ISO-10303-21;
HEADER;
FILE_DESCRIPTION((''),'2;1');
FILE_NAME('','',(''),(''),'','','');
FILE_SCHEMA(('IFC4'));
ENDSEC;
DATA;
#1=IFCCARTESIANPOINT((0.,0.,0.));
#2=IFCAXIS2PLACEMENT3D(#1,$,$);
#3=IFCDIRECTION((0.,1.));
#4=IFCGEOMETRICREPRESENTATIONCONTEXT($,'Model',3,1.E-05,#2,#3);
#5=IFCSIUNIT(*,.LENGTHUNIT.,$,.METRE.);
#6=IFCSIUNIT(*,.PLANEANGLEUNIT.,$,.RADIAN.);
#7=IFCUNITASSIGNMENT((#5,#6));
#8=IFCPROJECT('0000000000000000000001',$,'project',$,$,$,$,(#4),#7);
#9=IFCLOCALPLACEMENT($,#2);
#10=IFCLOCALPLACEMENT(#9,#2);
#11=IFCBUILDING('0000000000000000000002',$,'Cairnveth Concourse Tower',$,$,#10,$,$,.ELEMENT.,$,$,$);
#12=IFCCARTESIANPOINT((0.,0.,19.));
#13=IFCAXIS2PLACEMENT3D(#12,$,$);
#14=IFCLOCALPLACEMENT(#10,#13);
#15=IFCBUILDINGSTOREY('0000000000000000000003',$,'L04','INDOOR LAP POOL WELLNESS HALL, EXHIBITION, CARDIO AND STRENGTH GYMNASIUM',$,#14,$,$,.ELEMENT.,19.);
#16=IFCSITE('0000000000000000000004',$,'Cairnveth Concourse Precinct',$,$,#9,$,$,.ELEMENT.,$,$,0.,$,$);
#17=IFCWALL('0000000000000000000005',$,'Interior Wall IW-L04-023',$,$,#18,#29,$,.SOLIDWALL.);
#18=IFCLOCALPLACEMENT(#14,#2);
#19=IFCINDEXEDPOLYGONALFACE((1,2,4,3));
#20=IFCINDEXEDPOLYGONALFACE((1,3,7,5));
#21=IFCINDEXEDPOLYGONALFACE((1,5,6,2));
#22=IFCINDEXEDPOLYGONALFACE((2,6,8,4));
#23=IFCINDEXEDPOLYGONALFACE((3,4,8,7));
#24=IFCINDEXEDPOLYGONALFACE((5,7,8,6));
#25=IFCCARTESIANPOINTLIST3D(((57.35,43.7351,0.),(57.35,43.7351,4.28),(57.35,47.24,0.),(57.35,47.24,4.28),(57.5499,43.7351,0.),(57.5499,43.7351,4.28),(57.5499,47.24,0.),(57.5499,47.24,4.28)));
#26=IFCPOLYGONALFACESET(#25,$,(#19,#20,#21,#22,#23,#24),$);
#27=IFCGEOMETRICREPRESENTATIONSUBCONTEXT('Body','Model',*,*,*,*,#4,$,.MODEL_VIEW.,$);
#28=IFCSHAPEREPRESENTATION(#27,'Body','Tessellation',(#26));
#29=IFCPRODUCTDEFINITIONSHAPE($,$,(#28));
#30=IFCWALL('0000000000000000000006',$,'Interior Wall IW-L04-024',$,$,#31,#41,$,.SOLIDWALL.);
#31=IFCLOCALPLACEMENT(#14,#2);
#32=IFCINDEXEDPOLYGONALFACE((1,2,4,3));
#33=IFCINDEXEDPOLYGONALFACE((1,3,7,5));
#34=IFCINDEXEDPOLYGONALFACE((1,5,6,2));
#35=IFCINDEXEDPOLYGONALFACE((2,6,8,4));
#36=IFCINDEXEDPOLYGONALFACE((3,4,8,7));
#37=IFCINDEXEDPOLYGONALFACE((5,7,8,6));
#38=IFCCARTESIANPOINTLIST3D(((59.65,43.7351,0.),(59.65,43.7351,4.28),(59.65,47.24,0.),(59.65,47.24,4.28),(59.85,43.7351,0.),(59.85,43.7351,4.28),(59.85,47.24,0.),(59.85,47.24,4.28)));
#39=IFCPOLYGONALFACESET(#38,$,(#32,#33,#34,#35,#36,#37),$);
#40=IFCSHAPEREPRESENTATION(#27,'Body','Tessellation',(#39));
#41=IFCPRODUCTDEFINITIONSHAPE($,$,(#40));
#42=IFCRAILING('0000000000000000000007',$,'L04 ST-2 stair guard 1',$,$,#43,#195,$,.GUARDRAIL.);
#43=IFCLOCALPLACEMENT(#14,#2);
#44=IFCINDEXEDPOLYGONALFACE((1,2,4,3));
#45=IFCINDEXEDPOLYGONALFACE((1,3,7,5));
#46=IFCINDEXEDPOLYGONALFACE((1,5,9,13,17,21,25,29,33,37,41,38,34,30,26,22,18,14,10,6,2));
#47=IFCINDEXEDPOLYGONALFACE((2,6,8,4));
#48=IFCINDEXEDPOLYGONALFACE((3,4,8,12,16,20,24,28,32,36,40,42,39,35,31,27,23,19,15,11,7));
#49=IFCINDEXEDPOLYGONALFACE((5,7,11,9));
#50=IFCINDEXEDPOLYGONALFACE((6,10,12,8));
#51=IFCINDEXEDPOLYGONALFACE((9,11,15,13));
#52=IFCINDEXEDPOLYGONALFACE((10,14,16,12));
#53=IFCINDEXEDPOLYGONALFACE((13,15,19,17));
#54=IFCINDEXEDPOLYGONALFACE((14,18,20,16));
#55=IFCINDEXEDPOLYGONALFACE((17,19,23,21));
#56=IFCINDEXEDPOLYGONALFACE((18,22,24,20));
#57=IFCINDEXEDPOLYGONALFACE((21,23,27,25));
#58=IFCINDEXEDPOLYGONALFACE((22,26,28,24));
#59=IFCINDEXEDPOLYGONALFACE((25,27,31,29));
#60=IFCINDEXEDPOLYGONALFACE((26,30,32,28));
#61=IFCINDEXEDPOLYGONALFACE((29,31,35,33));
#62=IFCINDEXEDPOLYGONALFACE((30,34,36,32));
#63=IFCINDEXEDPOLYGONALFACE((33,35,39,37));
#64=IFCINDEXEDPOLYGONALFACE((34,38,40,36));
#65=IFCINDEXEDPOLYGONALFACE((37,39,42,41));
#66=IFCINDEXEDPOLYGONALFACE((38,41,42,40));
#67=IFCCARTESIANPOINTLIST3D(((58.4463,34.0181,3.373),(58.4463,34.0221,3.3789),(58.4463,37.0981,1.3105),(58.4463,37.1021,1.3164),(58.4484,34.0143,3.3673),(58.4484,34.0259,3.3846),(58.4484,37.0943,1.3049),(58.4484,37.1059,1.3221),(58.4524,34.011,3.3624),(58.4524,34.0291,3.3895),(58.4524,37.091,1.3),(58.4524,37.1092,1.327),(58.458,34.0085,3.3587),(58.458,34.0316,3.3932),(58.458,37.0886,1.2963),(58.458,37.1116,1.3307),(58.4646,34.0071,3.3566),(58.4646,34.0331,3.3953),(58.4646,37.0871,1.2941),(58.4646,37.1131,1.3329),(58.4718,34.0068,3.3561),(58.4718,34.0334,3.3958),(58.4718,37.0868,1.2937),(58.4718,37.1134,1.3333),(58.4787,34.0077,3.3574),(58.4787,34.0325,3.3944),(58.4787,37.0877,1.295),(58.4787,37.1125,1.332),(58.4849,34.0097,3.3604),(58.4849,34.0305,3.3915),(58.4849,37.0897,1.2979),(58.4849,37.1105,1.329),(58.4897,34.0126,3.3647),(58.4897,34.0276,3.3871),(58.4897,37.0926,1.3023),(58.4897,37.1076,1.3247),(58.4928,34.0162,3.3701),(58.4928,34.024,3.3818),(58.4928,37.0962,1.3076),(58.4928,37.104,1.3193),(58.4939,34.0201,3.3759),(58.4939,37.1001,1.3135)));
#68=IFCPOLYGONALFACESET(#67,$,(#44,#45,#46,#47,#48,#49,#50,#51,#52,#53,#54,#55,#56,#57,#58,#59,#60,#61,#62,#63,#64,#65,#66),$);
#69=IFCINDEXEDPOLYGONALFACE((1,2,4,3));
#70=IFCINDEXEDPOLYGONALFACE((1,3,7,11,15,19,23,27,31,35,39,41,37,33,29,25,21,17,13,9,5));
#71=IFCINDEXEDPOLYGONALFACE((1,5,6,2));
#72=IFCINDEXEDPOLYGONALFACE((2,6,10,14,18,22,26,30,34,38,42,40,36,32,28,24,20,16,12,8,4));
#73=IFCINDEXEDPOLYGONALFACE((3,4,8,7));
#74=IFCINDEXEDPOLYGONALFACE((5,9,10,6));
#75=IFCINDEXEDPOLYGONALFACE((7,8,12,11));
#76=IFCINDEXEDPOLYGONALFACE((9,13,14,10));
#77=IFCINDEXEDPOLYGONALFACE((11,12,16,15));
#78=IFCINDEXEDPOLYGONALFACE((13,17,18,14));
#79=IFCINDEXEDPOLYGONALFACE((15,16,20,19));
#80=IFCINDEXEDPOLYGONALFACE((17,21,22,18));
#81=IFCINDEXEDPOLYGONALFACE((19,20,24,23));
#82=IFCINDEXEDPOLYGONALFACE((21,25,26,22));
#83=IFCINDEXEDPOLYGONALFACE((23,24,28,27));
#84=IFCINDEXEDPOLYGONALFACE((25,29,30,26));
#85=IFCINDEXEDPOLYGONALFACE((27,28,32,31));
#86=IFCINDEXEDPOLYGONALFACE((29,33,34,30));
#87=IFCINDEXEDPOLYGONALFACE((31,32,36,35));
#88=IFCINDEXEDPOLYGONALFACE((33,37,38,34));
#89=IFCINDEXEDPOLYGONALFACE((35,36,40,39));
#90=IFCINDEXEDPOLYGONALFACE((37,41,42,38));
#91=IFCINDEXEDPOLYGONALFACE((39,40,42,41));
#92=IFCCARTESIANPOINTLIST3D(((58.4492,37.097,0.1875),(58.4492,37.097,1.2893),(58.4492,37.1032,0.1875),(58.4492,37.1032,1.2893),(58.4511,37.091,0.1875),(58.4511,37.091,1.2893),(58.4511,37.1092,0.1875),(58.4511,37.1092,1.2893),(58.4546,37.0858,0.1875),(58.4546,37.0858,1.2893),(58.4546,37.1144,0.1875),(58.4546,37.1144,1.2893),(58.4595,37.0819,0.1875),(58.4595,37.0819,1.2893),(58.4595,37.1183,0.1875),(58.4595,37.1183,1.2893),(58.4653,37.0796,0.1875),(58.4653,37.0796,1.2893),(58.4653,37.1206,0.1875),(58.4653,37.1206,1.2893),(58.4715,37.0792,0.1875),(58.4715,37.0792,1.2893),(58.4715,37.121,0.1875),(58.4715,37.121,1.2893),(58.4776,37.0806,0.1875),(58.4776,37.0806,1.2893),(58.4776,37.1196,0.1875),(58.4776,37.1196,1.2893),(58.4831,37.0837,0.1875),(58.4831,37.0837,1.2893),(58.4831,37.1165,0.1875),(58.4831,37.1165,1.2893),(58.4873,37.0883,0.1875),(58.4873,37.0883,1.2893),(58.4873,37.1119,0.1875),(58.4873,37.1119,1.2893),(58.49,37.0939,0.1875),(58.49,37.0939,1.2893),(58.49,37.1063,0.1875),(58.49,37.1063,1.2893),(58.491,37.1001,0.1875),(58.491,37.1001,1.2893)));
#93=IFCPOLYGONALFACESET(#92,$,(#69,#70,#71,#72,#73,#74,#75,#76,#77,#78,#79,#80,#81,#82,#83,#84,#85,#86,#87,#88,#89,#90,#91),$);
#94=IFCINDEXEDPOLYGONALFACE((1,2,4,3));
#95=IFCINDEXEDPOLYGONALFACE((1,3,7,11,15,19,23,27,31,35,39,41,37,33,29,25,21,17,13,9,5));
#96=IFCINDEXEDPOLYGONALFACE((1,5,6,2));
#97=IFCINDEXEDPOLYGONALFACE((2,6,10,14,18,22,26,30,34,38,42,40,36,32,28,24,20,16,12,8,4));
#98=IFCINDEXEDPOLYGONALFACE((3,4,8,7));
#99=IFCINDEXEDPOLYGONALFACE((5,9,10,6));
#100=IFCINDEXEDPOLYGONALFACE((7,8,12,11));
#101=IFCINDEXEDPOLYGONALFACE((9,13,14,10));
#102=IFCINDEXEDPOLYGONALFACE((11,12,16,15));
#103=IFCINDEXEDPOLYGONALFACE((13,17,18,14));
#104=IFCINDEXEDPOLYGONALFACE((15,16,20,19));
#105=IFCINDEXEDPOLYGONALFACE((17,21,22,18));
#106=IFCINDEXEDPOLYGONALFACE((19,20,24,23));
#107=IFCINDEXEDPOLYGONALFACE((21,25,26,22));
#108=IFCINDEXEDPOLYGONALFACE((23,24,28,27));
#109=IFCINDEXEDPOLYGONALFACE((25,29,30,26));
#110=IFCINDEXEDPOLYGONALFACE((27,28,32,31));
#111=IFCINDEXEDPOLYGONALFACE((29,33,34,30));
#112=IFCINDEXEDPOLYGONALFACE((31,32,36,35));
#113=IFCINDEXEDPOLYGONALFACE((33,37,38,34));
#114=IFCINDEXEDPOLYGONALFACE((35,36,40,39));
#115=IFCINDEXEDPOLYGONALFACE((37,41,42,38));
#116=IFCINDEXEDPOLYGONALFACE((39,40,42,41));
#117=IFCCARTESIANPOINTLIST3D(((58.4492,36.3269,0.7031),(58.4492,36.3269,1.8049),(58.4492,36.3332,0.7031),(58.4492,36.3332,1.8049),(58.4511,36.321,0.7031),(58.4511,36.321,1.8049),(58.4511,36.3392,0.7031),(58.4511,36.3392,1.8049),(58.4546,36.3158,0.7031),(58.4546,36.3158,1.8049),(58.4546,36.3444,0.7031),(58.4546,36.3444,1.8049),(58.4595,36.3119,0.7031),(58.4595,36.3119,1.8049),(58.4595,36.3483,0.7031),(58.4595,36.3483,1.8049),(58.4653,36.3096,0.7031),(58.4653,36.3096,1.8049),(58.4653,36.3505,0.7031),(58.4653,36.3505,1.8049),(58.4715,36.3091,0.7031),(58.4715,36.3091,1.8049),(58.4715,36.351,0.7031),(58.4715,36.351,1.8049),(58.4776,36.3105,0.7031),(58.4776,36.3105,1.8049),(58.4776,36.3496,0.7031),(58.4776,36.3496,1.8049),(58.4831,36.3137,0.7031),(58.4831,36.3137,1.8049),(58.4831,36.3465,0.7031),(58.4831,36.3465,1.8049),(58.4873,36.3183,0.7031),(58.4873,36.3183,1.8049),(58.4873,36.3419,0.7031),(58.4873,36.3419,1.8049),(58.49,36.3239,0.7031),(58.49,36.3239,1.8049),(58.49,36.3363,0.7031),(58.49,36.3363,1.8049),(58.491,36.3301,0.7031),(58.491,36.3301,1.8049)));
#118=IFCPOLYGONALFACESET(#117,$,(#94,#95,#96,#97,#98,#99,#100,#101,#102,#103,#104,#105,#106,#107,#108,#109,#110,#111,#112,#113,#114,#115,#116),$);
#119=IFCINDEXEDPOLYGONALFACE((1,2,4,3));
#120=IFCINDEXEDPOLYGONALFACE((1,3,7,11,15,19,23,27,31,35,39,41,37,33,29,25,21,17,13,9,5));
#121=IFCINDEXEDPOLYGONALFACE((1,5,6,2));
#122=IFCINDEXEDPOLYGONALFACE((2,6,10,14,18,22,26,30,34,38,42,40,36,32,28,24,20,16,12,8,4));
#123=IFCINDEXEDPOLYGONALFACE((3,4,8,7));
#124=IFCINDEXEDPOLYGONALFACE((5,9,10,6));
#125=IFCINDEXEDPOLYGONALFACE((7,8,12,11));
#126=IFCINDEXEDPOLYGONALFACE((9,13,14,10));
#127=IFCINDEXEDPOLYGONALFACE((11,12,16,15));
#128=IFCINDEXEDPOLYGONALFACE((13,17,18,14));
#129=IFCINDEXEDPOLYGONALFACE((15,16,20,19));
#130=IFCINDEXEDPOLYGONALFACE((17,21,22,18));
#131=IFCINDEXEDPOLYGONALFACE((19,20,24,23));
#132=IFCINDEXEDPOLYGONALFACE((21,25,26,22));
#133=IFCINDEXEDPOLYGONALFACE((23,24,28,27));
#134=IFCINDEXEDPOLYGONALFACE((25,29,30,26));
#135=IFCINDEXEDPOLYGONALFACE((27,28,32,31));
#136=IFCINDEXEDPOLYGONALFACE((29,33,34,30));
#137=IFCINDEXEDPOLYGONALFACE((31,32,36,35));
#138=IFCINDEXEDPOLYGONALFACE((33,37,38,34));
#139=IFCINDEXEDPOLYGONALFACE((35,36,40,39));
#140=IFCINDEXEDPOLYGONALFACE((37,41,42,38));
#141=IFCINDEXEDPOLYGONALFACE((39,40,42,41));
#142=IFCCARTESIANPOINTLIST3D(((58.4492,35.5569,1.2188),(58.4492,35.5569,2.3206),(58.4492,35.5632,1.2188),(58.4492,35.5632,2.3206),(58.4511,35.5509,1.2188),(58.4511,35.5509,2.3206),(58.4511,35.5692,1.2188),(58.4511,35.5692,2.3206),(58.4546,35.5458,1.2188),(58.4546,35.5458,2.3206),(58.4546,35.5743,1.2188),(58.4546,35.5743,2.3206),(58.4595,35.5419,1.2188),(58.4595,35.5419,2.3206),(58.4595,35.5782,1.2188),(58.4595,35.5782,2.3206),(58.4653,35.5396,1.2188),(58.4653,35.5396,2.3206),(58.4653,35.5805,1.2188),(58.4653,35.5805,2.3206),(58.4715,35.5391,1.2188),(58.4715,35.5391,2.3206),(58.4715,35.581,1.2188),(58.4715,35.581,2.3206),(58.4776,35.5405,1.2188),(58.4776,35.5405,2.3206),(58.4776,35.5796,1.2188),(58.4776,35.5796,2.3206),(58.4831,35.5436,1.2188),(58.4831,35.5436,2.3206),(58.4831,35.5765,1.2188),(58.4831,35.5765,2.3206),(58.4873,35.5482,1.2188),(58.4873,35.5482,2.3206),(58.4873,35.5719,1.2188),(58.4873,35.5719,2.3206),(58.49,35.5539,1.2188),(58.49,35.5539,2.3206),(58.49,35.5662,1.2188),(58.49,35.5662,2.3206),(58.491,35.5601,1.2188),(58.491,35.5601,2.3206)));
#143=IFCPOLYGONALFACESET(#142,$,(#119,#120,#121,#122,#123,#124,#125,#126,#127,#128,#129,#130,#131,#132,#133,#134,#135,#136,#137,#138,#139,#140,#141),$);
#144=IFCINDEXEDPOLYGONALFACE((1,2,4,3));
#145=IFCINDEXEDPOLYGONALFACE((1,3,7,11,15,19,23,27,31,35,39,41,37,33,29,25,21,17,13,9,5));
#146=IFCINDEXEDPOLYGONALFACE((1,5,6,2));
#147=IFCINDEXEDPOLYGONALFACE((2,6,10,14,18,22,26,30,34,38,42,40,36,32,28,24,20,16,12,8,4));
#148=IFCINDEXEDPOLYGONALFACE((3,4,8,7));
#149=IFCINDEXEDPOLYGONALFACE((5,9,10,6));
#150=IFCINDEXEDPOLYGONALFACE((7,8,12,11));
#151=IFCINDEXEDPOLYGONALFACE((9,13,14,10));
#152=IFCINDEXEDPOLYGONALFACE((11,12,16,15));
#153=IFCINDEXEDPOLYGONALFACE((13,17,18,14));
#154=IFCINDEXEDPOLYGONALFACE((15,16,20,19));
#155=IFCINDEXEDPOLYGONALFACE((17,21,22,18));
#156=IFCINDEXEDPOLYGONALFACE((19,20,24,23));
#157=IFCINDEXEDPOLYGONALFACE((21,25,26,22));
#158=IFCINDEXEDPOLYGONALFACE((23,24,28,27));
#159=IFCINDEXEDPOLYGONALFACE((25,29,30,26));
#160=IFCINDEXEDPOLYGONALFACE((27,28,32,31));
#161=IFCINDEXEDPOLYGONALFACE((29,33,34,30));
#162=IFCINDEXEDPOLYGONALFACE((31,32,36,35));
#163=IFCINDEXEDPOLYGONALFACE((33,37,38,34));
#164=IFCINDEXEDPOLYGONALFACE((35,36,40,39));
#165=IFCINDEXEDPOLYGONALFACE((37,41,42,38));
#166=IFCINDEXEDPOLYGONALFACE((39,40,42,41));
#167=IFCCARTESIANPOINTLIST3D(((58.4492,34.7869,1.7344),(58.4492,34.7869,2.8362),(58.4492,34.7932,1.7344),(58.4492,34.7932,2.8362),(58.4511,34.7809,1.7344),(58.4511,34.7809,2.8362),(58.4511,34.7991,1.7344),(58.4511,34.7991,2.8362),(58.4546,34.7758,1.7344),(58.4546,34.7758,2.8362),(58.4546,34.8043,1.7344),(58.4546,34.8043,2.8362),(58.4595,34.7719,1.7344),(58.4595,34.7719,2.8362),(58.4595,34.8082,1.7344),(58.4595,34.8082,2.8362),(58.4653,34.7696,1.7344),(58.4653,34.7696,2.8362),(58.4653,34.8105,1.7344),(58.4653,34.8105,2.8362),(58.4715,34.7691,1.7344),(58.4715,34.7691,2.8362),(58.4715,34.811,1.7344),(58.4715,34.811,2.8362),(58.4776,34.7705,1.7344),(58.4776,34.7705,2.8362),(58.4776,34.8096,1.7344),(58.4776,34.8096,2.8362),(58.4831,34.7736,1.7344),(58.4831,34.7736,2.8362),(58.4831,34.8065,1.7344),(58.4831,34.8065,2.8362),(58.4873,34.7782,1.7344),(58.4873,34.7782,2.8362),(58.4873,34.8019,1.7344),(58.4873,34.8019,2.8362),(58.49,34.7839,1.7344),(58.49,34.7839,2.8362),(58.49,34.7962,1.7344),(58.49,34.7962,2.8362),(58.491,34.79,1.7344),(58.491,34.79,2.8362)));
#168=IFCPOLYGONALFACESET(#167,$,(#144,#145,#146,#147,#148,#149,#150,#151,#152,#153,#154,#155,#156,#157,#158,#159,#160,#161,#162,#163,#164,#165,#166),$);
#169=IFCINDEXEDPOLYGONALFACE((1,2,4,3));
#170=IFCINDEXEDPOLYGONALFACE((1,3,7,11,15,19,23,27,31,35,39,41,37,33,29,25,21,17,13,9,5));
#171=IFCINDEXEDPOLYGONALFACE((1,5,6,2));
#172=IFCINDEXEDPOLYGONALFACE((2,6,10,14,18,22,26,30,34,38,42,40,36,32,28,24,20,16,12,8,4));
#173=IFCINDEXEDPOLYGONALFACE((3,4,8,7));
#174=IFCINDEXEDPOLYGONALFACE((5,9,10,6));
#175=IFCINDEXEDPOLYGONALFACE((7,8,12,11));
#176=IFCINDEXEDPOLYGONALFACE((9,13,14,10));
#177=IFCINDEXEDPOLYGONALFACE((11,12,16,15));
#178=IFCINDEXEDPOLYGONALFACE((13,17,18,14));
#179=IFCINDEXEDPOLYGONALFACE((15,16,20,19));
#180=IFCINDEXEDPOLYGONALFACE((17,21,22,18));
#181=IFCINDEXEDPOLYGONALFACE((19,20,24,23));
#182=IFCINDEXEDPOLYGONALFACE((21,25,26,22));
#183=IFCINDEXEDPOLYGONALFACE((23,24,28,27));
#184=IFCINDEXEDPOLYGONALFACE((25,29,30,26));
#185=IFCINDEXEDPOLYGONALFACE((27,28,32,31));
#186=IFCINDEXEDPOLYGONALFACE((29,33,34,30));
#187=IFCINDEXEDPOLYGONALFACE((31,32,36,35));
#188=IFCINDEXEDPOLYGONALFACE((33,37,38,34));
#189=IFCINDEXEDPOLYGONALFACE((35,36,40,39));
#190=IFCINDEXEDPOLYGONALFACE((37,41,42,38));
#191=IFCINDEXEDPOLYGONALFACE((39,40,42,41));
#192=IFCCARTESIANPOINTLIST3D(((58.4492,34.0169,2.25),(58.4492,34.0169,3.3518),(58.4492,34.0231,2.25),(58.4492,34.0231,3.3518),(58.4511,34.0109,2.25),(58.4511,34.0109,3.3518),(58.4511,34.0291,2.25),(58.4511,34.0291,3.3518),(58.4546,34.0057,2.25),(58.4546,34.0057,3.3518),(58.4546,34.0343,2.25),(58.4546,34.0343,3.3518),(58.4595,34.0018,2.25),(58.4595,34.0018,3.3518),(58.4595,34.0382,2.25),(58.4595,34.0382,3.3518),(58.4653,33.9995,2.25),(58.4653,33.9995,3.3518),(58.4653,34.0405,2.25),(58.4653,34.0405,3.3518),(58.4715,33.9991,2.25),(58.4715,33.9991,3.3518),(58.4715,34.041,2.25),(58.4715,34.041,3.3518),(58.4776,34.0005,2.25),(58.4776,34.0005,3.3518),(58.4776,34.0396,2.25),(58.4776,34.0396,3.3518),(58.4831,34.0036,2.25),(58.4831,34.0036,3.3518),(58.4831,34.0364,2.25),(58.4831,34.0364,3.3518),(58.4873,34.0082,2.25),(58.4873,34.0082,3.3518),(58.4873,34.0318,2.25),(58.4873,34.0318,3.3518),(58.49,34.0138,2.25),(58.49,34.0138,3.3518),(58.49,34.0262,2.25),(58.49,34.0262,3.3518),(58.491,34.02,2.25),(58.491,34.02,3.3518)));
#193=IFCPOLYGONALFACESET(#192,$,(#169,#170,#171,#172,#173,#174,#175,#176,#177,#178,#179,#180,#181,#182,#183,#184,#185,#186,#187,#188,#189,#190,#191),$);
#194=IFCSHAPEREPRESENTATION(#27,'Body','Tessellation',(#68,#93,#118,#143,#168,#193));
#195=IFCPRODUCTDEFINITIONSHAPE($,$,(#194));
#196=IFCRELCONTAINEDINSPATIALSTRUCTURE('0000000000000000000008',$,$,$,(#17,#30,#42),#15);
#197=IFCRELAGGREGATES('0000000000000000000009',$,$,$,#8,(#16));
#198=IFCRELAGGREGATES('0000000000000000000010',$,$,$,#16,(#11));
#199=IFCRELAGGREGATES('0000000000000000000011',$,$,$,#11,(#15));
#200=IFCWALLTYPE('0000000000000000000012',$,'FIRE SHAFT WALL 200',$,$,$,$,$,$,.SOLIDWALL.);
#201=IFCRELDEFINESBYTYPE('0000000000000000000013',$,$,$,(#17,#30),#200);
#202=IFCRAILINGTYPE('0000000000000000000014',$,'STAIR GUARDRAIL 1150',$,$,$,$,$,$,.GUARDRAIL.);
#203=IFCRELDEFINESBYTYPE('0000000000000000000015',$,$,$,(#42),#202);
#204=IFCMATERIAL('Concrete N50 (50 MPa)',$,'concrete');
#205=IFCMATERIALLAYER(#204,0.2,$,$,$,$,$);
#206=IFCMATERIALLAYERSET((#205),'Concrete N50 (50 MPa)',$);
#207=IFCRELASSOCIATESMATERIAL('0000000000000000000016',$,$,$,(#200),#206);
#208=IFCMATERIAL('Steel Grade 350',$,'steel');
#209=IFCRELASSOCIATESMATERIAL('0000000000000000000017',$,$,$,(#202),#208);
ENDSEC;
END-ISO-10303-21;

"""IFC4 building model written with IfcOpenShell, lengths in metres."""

from ifc_helpers import new_model, si_unit, direction, frame, frame_2d, origin, origin_2d, place, context, subcontext, project, spatial, rectangle, circle, extrude, material, layer, layer_set, type_object, element, save


model = new_model("IFC4")

# Units and contexts
model_context = context("Model", 3, precision=1e-05, world=origin(), true_north=direction((0.0, 1.0)))
body_context = subcontext(model_context, "Body", "Model", "MODEL_VIEW")
ifc_project = project(units=[si_unit("LENGTHUNIT", "METRE"), si_unit("PLANEANGLEUNIT", "RADIAN")], contexts=[model_context])

# Site, building, storey
site_placement = place(None, origin())
site = spatial("IfcSite", under=ifc_project, at=site_placement, Name="Cairnveth Concourse Precinct", CompositionType="ELEMENT", RefElevation=0.0)
building_placement = place(site_placement, origin())
building = spatial("IfcBuilding", under=site, at=building_placement, Name="Cairnveth Concourse Tower", CompositionType="ELEMENT")
storey_placement = place(building_placement, frame((0.0, 0.0, 19.0)))
storey = spatial("IfcBuildingStorey", under=building, at=storey_placement, Name="L04", Description="INDOOR LAP POOL WELLNESS HALL, EXHIBITION, CARDIO AND STRENGTH GYMNASIUM", CompositionType="ELEMENT", Elevation=19.0)

# Shared definitions
ifc_material_1 = material(Name="Steel Grade 350", Category="steel")

# Shared definitions
ifc_material_2 = material(Name="Concrete N50 (50 MPa)", Category="concrete")

# Shared definitions
ifc_layer_1 = layer(ifc_material_2, 0.2)
ifc_layer_set_1 = layer_set([ifc_layer_1], Name="Concrete N50 (50 MPa)")
wall_type_1 = type_object("IfcWallType", Name="FIRE SHAFT WALL 200", PredefinedType="SOLIDWALL", material=ifc_layer_set_1)

# Walls
for number, where, z_axis, x_axis, name in (
    (1, (57.45, 43.7351, 0.0), (0.0, 0.0, 1.0), (0.0, 1.0, 0.0), "Interior Wall IW-L04-023"),
    (2, (59.75, 43.7351, 0.0), (0.0, 0.0, 1.0), (0.0, 1.0, 0.0), "Interior Wall IW-L04-024"),
):
    element("IfcWall", number, at=place(storey_placement, frame(where, z_axis=z_axis, x_axis=x_axis)), inside=storey, type_object=wall_type_1, Name=name, PredefinedType="SOLIDWALL", context=body_context, shape_type="SweptSolid", body=[
        extrude(rectangle(XDim=3.5049, YDim=0.2, at=frame_2d((1.7524, 0.0))), origin(), (0.0, 0.0, 1.0), 4.28),
    ])

# Railing
railing_type = type_object("IfcRailingType", Name="STAIR GUARDRAIL 1150", PredefinedType="GUARDRAIL", material=ifc_material_1)
railing_1_placement = place(storey_placement, frame((58.47, 37.1001, 0.1875)))
element("IfcRailing", 3, at=railing_1_placement, inside=storey, type_object=railing_type, Name="L04 ST-2 stair guard 1", PredefinedType="GUARDRAIL", context=body_context, shape_type="SweptSolid", body=[
    extrude(circle(Radius=0.0239, at=origin_2d()), frame((0.0, 0.0, 1.126), z_axis=(0.0, -0.830914, 0.556401), x_axis=(1.0, 0.0, 0.0)), (0.0, 0.0, 1.0), 3.7068),
    extrude(circle(Radius=0.021, at=origin_2d()), origin(), (0.0, 0.0, 1.0), 1.1018),
    extrude(circle(Radius=0.021, at=origin_2d()), frame((0.0, -0.77, 0.5156)), (0.0, 0.0, 1.0), 1.1018),
    extrude(circle(Radius=0.021, at=origin_2d()), frame((0.0, -1.54, 1.0312)), (0.0, 0.0, 1.0), 1.1018),
    extrude(circle(Radius=0.021, at=origin_2d()), frame((0.0, -2.3101, 1.5469)), (0.0, 0.0, 1.0), 1.1018),
    extrude(circle(Radius=0.021, at=origin_2d()), frame((0.0, -3.0801, 2.0625)), (0.0, 0.0, 1.0), 1.1018),
])

save(model, "model.ifc")
